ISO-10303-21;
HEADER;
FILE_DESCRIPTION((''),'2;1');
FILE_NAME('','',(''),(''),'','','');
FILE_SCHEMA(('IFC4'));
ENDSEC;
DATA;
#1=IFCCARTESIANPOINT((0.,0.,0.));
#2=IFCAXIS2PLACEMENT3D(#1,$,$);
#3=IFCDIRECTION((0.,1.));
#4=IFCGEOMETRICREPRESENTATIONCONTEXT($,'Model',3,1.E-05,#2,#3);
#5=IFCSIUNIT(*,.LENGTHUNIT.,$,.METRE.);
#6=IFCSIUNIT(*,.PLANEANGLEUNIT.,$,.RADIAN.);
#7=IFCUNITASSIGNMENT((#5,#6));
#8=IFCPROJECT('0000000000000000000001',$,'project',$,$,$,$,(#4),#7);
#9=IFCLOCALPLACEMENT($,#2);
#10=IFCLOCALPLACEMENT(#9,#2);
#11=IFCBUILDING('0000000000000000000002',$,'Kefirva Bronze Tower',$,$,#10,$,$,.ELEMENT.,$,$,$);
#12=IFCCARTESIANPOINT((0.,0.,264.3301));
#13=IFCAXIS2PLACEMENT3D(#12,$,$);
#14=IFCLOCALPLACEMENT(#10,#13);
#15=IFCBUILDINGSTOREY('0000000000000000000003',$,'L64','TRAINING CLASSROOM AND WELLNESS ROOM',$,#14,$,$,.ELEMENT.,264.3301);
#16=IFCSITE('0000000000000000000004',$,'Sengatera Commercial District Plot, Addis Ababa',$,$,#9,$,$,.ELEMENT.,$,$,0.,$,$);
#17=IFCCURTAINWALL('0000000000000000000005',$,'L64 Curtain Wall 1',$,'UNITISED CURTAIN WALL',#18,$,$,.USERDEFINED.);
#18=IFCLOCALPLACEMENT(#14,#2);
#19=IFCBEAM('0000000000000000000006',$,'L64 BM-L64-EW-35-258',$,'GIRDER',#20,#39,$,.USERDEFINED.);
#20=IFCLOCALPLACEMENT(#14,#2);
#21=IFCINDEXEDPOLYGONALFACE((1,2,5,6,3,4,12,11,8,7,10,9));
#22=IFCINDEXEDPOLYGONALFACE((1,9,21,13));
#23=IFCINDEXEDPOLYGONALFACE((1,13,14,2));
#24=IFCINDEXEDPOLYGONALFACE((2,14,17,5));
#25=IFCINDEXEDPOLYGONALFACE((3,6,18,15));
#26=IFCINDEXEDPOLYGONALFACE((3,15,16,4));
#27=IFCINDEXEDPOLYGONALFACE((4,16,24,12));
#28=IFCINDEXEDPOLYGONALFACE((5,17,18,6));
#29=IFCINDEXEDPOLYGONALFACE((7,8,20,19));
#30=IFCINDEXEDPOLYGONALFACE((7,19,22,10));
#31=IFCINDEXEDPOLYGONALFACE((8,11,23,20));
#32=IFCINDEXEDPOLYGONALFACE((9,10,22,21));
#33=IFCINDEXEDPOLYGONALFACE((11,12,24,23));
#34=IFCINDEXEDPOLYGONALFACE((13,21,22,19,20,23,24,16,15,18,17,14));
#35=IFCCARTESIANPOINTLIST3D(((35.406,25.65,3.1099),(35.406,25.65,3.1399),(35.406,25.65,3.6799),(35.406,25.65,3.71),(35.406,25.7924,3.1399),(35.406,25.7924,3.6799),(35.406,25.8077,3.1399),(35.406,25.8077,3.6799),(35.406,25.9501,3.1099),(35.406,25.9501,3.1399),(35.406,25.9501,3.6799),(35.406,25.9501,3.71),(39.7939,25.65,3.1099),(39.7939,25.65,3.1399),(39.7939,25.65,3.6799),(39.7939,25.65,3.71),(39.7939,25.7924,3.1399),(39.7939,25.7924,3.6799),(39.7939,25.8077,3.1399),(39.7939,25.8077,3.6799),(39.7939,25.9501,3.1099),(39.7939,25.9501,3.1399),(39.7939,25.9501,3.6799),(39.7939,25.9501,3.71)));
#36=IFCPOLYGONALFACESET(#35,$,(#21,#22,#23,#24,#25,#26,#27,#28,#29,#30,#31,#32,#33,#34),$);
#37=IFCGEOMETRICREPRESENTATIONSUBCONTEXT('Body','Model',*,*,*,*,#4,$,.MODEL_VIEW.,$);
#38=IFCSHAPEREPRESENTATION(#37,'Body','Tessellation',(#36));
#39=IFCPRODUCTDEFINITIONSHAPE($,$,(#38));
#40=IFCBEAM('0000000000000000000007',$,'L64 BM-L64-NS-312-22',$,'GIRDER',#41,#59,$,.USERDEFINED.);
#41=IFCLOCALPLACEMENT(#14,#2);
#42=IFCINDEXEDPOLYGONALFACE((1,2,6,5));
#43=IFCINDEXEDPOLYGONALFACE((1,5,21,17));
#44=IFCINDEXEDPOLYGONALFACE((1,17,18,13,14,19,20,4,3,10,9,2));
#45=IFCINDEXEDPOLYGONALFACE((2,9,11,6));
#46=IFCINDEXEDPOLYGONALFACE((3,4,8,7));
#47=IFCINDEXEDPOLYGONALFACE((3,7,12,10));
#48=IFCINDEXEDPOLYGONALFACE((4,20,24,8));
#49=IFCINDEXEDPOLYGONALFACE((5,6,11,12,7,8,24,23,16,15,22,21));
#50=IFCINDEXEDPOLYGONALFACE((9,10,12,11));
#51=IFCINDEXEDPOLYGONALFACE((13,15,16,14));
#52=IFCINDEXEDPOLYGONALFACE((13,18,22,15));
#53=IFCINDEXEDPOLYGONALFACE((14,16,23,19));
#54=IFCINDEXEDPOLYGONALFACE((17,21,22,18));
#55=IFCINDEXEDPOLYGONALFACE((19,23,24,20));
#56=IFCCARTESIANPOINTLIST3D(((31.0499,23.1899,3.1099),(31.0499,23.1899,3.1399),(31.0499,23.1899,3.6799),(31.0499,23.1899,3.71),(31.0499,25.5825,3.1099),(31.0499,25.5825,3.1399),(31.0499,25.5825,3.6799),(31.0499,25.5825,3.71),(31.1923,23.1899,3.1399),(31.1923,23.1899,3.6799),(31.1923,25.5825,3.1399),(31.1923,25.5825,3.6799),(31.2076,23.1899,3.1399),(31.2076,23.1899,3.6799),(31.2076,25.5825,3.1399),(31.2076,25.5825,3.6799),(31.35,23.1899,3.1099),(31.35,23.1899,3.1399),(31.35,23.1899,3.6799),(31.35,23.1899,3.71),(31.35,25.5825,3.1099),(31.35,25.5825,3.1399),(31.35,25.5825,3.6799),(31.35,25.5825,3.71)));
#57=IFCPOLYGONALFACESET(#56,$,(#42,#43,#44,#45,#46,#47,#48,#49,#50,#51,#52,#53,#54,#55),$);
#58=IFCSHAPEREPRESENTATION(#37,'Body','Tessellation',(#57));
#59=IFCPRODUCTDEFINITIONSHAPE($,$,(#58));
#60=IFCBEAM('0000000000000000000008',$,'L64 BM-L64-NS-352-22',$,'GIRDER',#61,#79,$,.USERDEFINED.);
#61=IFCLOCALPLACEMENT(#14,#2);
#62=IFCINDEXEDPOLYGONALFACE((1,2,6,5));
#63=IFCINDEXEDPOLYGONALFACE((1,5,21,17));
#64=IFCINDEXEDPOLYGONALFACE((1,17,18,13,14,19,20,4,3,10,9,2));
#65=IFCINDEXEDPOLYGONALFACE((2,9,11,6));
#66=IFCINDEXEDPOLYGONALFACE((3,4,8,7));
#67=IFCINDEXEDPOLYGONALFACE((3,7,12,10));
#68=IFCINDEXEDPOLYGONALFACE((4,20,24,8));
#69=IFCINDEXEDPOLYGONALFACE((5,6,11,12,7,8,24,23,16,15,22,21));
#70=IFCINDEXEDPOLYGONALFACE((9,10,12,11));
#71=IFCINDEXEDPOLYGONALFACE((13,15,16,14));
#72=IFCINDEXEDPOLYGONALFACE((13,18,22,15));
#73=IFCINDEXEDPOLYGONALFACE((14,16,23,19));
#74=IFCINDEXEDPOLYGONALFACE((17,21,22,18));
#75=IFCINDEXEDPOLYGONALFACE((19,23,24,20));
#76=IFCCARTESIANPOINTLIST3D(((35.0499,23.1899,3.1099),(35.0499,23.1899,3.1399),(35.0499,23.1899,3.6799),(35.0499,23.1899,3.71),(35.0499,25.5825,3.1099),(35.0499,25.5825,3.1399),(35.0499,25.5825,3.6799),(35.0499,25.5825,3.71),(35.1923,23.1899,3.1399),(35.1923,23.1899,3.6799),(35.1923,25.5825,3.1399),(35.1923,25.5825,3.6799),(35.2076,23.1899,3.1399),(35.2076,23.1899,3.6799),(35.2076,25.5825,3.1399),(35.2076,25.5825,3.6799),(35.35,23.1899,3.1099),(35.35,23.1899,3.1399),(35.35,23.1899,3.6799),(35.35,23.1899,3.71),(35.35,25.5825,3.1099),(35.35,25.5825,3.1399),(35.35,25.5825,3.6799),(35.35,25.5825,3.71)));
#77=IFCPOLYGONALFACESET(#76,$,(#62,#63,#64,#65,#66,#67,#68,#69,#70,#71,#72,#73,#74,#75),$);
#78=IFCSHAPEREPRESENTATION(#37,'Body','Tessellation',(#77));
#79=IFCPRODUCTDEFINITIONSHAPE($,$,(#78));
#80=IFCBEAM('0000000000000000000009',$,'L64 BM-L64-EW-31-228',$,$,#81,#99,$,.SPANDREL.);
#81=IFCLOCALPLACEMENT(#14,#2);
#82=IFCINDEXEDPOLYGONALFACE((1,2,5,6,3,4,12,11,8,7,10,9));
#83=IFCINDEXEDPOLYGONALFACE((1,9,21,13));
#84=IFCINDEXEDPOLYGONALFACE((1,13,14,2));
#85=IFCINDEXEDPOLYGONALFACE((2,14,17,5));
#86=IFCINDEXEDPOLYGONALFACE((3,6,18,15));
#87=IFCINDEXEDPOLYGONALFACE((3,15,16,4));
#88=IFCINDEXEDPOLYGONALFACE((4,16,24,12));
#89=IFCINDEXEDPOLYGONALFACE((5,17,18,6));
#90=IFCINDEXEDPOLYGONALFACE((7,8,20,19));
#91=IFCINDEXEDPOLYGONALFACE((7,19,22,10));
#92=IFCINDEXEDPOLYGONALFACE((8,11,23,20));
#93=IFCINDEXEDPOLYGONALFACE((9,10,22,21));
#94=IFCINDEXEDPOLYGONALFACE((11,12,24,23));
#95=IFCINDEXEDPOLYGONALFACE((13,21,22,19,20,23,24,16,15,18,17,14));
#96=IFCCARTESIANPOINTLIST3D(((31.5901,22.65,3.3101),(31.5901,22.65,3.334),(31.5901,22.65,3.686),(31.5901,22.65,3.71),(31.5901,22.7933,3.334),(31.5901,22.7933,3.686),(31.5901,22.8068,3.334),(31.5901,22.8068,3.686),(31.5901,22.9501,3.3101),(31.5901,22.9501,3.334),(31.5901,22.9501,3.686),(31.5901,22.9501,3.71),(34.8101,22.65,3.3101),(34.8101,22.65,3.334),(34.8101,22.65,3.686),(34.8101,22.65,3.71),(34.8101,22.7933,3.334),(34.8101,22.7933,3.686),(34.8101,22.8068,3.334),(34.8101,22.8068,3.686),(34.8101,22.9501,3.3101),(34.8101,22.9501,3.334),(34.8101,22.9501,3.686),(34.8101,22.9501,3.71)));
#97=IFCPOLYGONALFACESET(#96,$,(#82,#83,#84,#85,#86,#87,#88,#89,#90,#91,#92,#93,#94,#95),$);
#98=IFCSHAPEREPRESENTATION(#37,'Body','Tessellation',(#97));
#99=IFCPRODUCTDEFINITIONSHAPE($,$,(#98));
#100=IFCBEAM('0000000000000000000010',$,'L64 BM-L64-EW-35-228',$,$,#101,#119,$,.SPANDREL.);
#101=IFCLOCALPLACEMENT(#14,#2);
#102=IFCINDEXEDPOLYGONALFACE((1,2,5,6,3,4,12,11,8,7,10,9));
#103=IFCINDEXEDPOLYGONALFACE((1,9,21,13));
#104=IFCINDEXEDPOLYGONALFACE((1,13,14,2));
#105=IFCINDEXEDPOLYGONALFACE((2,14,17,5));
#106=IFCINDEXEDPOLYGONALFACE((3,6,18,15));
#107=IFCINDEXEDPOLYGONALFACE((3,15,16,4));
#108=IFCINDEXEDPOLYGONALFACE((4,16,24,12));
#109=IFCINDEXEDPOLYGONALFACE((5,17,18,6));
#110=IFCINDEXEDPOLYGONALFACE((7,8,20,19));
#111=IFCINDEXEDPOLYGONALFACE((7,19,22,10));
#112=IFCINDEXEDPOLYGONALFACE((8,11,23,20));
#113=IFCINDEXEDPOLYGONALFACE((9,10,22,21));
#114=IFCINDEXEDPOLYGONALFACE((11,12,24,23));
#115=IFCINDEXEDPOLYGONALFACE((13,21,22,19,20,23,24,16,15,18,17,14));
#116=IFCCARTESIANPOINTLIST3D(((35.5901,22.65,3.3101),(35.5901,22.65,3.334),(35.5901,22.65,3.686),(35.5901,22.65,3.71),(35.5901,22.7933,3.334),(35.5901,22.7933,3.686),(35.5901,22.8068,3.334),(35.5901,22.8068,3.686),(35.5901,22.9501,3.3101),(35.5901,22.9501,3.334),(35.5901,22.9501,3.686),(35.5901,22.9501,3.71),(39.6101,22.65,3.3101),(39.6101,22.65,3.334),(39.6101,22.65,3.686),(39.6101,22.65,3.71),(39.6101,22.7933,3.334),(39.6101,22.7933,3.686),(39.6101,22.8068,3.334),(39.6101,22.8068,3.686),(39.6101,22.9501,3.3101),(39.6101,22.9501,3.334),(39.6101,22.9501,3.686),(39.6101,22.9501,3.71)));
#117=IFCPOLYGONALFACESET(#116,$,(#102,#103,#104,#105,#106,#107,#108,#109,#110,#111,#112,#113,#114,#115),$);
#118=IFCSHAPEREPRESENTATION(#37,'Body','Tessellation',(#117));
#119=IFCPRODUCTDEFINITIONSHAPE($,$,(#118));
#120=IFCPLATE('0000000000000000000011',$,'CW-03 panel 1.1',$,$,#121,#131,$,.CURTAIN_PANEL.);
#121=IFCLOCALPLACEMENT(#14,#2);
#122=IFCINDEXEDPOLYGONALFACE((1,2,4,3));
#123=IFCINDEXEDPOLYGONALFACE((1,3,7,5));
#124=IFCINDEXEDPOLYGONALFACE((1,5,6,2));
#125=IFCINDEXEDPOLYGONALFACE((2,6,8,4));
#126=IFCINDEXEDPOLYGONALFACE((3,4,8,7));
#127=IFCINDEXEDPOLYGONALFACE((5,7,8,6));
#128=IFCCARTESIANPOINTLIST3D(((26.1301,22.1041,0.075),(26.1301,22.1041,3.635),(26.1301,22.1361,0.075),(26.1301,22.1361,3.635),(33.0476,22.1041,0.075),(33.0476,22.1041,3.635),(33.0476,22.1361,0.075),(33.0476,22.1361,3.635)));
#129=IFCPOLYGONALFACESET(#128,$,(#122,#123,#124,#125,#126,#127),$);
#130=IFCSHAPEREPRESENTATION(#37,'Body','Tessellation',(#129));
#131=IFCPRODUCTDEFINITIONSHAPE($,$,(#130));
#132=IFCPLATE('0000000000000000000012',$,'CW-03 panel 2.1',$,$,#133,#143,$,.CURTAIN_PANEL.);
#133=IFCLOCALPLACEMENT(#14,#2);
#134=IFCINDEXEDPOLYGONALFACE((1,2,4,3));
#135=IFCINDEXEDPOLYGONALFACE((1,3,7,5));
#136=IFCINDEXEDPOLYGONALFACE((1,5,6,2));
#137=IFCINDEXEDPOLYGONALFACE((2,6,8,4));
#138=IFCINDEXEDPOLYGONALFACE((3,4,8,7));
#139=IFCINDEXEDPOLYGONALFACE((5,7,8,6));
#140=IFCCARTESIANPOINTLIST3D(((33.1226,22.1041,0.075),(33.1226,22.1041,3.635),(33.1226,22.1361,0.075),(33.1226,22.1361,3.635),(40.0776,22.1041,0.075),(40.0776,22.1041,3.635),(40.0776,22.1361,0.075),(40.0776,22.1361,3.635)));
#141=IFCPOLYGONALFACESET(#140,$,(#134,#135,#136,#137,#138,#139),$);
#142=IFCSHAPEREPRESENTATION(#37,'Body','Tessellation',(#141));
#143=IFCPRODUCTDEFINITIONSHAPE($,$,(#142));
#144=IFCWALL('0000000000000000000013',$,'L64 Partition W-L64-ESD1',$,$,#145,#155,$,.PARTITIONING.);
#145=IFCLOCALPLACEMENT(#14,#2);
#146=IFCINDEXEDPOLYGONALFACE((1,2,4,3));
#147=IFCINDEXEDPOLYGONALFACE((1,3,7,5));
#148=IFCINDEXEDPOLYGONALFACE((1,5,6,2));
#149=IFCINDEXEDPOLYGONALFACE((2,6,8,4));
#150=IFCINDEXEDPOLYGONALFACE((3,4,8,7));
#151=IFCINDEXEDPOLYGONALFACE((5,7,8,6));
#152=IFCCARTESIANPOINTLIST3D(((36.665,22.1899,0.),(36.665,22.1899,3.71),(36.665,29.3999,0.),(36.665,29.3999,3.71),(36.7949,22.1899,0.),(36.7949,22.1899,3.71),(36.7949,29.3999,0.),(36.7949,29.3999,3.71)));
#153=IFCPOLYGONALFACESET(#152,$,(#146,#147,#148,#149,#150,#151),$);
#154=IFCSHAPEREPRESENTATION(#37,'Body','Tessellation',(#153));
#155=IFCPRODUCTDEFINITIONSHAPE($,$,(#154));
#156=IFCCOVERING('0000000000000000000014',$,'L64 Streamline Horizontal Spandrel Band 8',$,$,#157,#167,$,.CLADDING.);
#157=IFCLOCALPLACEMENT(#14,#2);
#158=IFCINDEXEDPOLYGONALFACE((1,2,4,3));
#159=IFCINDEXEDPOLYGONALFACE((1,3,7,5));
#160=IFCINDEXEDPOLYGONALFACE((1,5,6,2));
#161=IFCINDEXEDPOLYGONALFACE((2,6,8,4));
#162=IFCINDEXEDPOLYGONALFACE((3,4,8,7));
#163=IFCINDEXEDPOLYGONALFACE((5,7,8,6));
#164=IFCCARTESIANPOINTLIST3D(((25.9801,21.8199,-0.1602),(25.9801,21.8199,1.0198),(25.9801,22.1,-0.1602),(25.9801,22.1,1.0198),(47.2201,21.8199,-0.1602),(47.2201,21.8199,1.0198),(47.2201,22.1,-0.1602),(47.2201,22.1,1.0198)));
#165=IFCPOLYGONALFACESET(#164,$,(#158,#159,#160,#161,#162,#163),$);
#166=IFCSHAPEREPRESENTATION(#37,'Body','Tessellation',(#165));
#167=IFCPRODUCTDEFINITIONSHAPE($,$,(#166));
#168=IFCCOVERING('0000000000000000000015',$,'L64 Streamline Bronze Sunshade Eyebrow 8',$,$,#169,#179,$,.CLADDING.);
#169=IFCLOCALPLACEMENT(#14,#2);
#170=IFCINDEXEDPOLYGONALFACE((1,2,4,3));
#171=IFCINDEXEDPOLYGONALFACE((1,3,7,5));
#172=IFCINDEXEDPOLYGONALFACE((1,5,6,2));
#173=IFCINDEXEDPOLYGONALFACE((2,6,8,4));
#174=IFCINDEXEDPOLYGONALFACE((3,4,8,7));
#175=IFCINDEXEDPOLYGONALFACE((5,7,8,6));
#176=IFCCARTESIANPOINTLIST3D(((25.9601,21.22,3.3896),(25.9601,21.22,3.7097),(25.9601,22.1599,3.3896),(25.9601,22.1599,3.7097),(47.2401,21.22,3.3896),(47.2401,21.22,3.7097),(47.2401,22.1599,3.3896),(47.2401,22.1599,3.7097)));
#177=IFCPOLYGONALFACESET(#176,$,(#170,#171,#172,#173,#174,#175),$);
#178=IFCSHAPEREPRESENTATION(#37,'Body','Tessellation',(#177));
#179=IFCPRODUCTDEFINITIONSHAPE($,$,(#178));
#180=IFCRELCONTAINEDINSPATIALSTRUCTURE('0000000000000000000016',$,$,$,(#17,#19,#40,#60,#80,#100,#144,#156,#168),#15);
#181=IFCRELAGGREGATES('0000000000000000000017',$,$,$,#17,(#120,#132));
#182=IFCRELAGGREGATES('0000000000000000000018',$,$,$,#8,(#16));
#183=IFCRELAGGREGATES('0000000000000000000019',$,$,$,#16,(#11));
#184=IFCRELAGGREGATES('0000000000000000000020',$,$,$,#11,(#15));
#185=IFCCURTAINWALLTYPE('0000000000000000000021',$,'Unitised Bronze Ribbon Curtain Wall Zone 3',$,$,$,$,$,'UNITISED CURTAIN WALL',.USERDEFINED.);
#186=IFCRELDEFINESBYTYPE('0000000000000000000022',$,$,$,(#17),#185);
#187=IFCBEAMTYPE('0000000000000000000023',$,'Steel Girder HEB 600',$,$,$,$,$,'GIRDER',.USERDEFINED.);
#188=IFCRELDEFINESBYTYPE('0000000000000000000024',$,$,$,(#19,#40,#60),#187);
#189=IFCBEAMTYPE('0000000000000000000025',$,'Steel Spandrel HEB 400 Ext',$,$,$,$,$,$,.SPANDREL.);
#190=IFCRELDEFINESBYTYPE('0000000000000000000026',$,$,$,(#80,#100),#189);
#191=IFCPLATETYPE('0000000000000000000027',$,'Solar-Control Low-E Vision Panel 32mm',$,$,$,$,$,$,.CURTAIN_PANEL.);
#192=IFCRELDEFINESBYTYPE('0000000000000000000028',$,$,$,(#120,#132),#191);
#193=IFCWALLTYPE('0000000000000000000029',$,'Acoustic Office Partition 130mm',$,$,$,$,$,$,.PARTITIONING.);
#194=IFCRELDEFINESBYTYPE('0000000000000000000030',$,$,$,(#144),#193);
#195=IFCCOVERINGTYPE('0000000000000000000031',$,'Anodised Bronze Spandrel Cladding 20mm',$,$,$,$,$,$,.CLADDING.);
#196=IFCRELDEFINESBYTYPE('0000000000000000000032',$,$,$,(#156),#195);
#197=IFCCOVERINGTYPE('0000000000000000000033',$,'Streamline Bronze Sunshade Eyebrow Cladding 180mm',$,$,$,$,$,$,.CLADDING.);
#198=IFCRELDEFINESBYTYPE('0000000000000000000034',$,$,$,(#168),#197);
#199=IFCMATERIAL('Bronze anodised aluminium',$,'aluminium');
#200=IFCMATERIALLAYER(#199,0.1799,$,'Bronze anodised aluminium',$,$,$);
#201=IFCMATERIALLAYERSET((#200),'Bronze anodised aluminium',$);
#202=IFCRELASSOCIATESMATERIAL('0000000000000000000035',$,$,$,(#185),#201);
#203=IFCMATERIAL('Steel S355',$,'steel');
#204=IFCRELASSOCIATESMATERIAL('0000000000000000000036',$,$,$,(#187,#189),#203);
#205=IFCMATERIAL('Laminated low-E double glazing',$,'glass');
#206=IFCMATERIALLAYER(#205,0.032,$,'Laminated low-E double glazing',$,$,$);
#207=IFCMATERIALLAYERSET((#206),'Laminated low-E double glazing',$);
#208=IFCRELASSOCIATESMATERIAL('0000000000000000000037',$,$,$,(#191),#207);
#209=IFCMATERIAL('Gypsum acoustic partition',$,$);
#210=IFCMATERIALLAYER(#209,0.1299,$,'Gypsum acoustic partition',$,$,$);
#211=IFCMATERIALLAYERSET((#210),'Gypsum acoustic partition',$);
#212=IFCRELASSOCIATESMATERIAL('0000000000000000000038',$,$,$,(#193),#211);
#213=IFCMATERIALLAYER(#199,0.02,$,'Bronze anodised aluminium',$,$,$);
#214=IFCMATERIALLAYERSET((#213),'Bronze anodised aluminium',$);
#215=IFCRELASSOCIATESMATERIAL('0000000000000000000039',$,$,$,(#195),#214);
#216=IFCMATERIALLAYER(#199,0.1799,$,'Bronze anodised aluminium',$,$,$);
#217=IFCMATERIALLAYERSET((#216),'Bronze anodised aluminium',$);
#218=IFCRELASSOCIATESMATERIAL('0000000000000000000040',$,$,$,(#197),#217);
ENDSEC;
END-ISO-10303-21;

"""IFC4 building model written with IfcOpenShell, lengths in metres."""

from ifc_helpers import new_model, si_unit, direction, frame, frame_2d, origin, origin_2d, place, context, subcontext, project, spatial, rectangle, i_section, extrude, material, layer, layer_set, material_profile, profile_set, type_object, element, aggregate, save


model = new_model("IFC4")

# Units and contexts
model_context = context("Model", 3, precision=1e-05, world=origin(), true_north=direction((0.0, 1.0)))
body_context = subcontext(model_context, "Body", "Model", "MODEL_VIEW")
ifc_project = project(units=[si_unit("LENGTHUNIT", "METRE"), si_unit("PLANEANGLEUNIT", "RADIAN")], contexts=[model_context])

# Site, building, storey
site_placement = place(None, origin())
site = spatial("IfcSite", under=ifc_project, at=site_placement, Name="Sengatera Commercial District Plot, Addis Ababa", CompositionType="ELEMENT", RefElevation=0.0)
building_placement = place(site_placement, origin())
building = spatial("IfcBuilding", under=site, at=building_placement, Name="Kefirva Bronze Tower", CompositionType="ELEMENT")
storey_placement = place(building_placement, frame((0.0, 0.0, 264.3301)))
storey = spatial("IfcBuildingStorey", under=building, at=storey_placement, Name="L64", Description="TRAINING CLASSROOM AND WELLNESS ROOM", CompositionType="ELEMENT", Elevation=264.3301)

# Curtain wall
ifc_material_1 = material(Name="Bronze anodised aluminium", Category="aluminium")
ifc_layer_1 = layer(ifc_material_1, 0.1799, Name="Bronze anodised aluminium")
ifc_layer_set_1 = layer_set([ifc_layer_1], Name="Bronze anodised aluminium")
curtain_wall_type = type_object("IfcCurtainWallType", Name="Unitised Bronze Ribbon Curtain Wall Zone 3", ElementType="UNITISED CURTAIN WALL", PredefinedType="USERDEFINED", material=ifc_layer_set_1)
curtain_wall_placement = place(storey_placement, origin())
curtain_wall = element("IfcCurtainWall", 1, at=curtain_wall_placement, inside=storey, type_object=curtain_wall_type, Name="L64 Curtain Wall 1", ObjectType="UNITISED CURTAIN WALL", PredefinedType="USERDEFINED")

# Beams
ifc_material_2 = material(Name="Steel S355", Category="steel")
ifc_material_profile_1 = material_profile(ifc_material_2, i_section(OverallWidth=0.3, OverallDepth=0.6001, WebThickness=0.0154, FlangeThickness=0.03, at=origin_2d()), Name="HEB 600")
ifc_profile_set_1 = profile_set([ifc_material_profile_1], Name="Steel S355")
beam_type_1 = type_object("IfcBeamType", Name="Steel Girder HEB 600", ElementType="GIRDER", PredefinedType="USERDEFINED", material=ifc_profile_set_1)
beam_1_placement = place(storey_placement, frame((35.406, 25.8, 3.4099), z_axis=(1.0, 0.0, 0.0), x_axis=(0.0, 1.0, 0.0)))
element("IfcBeam", 2, at=beam_1_placement, inside=storey, type_object=beam_type_1, Name="L64 BM-L64-EW-35-258", ObjectType="GIRDER", PredefinedType="USERDEFINED", context=body_context, shape_type="SweptSolid", body=[
    extrude(i_section(OverallWidth=0.3, OverallDepth=0.6001, WebThickness=0.0154, FlangeThickness=0.03, at=origin_2d()), origin(), (0.0, 0.0, 1.0), 4.3879),
])
for number, where, z_axis, x_axis, name in (
    (3, (31.2, 23.1899, 3.4099), (0.0, 1.0, 0.0), (-1.0, 0.0, 0.0), "L64 BM-L64-NS-312-22"),
    (4, (35.2, 23.1899, 3.4099), (0.0, 1.0, 0.0), (-1.0, 0.0, 0.0), "L64 BM-L64-NS-352-22"),
):
    element("IfcBeam", number, at=place(storey_placement, frame(where, z_axis=z_axis, x_axis=x_axis)), inside=storey, type_object=beam_type_1, Name=name, ObjectType="GIRDER", PredefinedType="USERDEFINED", context=body_context, shape_type="SweptSolid", body=[
        extrude(i_section(OverallWidth=0.3, OverallDepth=0.6001, WebThickness=0.0154, FlangeThickness=0.03, at=origin_2d()), origin(), (0.0, 0.0, 1.0), 2.3926),
    ])
ifc_material_profile_2 = material_profile(ifc_material_2, i_section(OverallWidth=0.3, OverallDepth=0.3999, WebThickness=0.0134, FlangeThickness=0.0239, at=origin_2d()), Name="HEB 400")
ifc_profile_set_2 = profile_set([ifc_material_profile_2], Name="Steel S355")
beam_type_2 = type_object("IfcBeamType", Name="Steel Spandrel HEB 400 Ext", PredefinedType="SPANDREL", material=ifc_profile_set_2)
beam_2_placement = place(storey_placement, frame((31.5901, 22.8, 3.51), z_axis=(1.0, 0.0, 0.0), x_axis=(0.0, 1.0, 0.0)))
element("IfcBeam", 5, at=beam_2_placement, inside=storey, type_object=beam_type_2, Name="L64 BM-L64-EW-31-228", PredefinedType="SPANDREL", context=body_context, shape_type="SweptSolid", body=[
    extrude(i_section(OverallWidth=0.3, OverallDepth=0.3999, WebThickness=0.0134, FlangeThickness=0.0239, at=origin_2d()), origin(), (0.0, 0.0, 1.0), 3.22),
])
beam_3_placement = place(storey_placement, frame((35.5901, 22.8, 3.51), z_axis=(1.0, 0.0, 0.0), x_axis=(0.0, 1.0, 0.0)))
element("IfcBeam", 6, at=beam_3_placement, inside=storey, type_object=beam_type_2, Name="L64 BM-L64-EW-35-228", PredefinedType="SPANDREL", context=body_context, shape_type="SweptSolid", body=[
    extrude(i_section(OverallWidth=0.3, OverallDepth=0.3999, WebThickness=0.0134, FlangeThickness=0.0239, at=origin_2d()), origin(), (0.0, 0.0, 1.0), 4.02),
])

# Plates
ifc_material_3 = material(Name="Laminated low-E double glazing", Category="glass")
ifc_layer_2 = layer(ifc_material_3, 0.032, Name="Laminated low-E double glazing")
ifc_layer_set_2 = layer_set([ifc_layer_2], Name="Laminated low-E double glazing")
plate_type = type_object("IfcPlateType", Name="Solar-Control Low-E Vision Panel 32mm", PredefinedType="CURTAIN_PANEL", material=ifc_layer_set_2)
plate_1_placement = place(storey_placement, frame((29.5889, 22.1201, 0.075), z_axis=(0.0, 0.0, 1.0), x_axis=(1.0, 0.0, 0.0)))
plate_1 = element("IfcPlate", 7, at=plate_1_placement, type_object=plate_type, Name="CW-03 panel 1.1", PredefinedType="CURTAIN_PANEL", context=body_context, shape_type="SweptSolid", body=[
    extrude(rectangle(XDim=6.9175, YDim=0.032, at=origin_2d()), origin(), (0.0, 0.0, 1.0), 3.5601),
])
plate_2_placement = place(storey_placement, frame((36.6001, 22.1201, 0.075), z_axis=(0.0, 0.0, 1.0), x_axis=(1.0, 0.0, 0.0)))
plate_2 = element("IfcPlate", 8, at=plate_2_placement, type_object=plate_type, Name="CW-03 panel 2.1", PredefinedType="CURTAIN_PANEL", context=body_context, shape_type="SweptSolid", body=[
    extrude(rectangle(XDim=6.9551, YDim=0.032, at=origin_2d()), origin(), (0.0, 0.0, 1.0), 3.5601),
])
aggregate(curtain_wall, [plate_1, plate_2])

# Wall
ifc_material_4 = material(Name="Gypsum acoustic partition")
ifc_layer_3 = layer(ifc_material_4, 0.1299, Name="Gypsum acoustic partition")
ifc_layer_set_3 = layer_set([ifc_layer_3], Name="Gypsum acoustic partition")
wall_type = type_object("IfcWallType", Name="Acoustic Office Partition 130mm", PredefinedType="PARTITIONING", material=ifc_layer_set_3)
wall_placement = place(storey_placement, frame((36.73, 22.1899, 0.0), z_axis=(0.0, 0.0, 1.0), x_axis=(0.0, 1.0, 0.0)))
element("IfcWall", 9, at=wall_placement, inside=storey, type_object=wall_type, Name="L64 Partition W-L64-ESD1", PredefinedType="PARTITIONING", context=body_context, shape_type="SweptSolid", body=[
    extrude(rectangle(XDim=7.21, YDim=0.1299, at=frame_2d((3.605, 0.0))), origin(), (0.0, 0.0, 1.0), 3.71),
])

# Coverings
ifc_layer_4 = layer(ifc_material_1, 0.02, Name="Bronze anodised aluminium")
ifc_layer_set_4 = layer_set([ifc_layer_4], Name="Bronze anodised aluminium")
covering_type_1 = type_object("IfcCoveringType", Name="Anodised Bronze Spandrel Cladding 20mm", PredefinedType="CLADDING", material=ifc_layer_set_4)
covering_1_placement = place(storey_placement, frame((36.6001, 21.96, -0.1602), z_axis=(0.0, 0.0, 1.0), x_axis=(1.0, 0.0, 0.0)))
element("IfcCovering", 10, at=covering_1_placement, inside=storey, type_object=covering_type_1, Name="L64 Streamline Horizontal Spandrel Band 8", PredefinedType="CLADDING", context=body_context, shape_type="SweptSolid", body=[
    extrude(rectangle(XDim=21.24, YDim=0.28, at=origin_2d()), origin(), (0.0, 0.0, 1.0), 1.1799),
])
ifc_layer_5 = layer(ifc_material_1, 0.1799, Name="Bronze anodised aluminium")
ifc_layer_set_5 = layer_set([ifc_layer_5], Name="Bronze anodised aluminium")
covering_type_2 = type_object("IfcCoveringType", Name="Streamline Bronze Sunshade Eyebrow Cladding 180mm", PredefinedType="CLADDING", material=ifc_layer_set_5)
covering_2_placement = place(storey_placement, frame((36.6001, 21.6899, 3.3896), z_axis=(0.0, 0.0, 1.0), x_axis=(1.0, 0.0, 0.0)))
element("IfcCovering", 11, at=covering_2_placement, inside=storey, type_object=covering_type_2, Name="L64 Streamline Bronze Sunshade Eyebrow 8", PredefinedType="CLADDING", context=body_context, shape_type="SweptSolid", body=[
    extrude(rectangle(XDim=21.28, YDim=0.9399, at=origin_2d()), origin(), (0.0, 0.0, 1.0), 0.3201),
])

save(model, "model.ifc")
